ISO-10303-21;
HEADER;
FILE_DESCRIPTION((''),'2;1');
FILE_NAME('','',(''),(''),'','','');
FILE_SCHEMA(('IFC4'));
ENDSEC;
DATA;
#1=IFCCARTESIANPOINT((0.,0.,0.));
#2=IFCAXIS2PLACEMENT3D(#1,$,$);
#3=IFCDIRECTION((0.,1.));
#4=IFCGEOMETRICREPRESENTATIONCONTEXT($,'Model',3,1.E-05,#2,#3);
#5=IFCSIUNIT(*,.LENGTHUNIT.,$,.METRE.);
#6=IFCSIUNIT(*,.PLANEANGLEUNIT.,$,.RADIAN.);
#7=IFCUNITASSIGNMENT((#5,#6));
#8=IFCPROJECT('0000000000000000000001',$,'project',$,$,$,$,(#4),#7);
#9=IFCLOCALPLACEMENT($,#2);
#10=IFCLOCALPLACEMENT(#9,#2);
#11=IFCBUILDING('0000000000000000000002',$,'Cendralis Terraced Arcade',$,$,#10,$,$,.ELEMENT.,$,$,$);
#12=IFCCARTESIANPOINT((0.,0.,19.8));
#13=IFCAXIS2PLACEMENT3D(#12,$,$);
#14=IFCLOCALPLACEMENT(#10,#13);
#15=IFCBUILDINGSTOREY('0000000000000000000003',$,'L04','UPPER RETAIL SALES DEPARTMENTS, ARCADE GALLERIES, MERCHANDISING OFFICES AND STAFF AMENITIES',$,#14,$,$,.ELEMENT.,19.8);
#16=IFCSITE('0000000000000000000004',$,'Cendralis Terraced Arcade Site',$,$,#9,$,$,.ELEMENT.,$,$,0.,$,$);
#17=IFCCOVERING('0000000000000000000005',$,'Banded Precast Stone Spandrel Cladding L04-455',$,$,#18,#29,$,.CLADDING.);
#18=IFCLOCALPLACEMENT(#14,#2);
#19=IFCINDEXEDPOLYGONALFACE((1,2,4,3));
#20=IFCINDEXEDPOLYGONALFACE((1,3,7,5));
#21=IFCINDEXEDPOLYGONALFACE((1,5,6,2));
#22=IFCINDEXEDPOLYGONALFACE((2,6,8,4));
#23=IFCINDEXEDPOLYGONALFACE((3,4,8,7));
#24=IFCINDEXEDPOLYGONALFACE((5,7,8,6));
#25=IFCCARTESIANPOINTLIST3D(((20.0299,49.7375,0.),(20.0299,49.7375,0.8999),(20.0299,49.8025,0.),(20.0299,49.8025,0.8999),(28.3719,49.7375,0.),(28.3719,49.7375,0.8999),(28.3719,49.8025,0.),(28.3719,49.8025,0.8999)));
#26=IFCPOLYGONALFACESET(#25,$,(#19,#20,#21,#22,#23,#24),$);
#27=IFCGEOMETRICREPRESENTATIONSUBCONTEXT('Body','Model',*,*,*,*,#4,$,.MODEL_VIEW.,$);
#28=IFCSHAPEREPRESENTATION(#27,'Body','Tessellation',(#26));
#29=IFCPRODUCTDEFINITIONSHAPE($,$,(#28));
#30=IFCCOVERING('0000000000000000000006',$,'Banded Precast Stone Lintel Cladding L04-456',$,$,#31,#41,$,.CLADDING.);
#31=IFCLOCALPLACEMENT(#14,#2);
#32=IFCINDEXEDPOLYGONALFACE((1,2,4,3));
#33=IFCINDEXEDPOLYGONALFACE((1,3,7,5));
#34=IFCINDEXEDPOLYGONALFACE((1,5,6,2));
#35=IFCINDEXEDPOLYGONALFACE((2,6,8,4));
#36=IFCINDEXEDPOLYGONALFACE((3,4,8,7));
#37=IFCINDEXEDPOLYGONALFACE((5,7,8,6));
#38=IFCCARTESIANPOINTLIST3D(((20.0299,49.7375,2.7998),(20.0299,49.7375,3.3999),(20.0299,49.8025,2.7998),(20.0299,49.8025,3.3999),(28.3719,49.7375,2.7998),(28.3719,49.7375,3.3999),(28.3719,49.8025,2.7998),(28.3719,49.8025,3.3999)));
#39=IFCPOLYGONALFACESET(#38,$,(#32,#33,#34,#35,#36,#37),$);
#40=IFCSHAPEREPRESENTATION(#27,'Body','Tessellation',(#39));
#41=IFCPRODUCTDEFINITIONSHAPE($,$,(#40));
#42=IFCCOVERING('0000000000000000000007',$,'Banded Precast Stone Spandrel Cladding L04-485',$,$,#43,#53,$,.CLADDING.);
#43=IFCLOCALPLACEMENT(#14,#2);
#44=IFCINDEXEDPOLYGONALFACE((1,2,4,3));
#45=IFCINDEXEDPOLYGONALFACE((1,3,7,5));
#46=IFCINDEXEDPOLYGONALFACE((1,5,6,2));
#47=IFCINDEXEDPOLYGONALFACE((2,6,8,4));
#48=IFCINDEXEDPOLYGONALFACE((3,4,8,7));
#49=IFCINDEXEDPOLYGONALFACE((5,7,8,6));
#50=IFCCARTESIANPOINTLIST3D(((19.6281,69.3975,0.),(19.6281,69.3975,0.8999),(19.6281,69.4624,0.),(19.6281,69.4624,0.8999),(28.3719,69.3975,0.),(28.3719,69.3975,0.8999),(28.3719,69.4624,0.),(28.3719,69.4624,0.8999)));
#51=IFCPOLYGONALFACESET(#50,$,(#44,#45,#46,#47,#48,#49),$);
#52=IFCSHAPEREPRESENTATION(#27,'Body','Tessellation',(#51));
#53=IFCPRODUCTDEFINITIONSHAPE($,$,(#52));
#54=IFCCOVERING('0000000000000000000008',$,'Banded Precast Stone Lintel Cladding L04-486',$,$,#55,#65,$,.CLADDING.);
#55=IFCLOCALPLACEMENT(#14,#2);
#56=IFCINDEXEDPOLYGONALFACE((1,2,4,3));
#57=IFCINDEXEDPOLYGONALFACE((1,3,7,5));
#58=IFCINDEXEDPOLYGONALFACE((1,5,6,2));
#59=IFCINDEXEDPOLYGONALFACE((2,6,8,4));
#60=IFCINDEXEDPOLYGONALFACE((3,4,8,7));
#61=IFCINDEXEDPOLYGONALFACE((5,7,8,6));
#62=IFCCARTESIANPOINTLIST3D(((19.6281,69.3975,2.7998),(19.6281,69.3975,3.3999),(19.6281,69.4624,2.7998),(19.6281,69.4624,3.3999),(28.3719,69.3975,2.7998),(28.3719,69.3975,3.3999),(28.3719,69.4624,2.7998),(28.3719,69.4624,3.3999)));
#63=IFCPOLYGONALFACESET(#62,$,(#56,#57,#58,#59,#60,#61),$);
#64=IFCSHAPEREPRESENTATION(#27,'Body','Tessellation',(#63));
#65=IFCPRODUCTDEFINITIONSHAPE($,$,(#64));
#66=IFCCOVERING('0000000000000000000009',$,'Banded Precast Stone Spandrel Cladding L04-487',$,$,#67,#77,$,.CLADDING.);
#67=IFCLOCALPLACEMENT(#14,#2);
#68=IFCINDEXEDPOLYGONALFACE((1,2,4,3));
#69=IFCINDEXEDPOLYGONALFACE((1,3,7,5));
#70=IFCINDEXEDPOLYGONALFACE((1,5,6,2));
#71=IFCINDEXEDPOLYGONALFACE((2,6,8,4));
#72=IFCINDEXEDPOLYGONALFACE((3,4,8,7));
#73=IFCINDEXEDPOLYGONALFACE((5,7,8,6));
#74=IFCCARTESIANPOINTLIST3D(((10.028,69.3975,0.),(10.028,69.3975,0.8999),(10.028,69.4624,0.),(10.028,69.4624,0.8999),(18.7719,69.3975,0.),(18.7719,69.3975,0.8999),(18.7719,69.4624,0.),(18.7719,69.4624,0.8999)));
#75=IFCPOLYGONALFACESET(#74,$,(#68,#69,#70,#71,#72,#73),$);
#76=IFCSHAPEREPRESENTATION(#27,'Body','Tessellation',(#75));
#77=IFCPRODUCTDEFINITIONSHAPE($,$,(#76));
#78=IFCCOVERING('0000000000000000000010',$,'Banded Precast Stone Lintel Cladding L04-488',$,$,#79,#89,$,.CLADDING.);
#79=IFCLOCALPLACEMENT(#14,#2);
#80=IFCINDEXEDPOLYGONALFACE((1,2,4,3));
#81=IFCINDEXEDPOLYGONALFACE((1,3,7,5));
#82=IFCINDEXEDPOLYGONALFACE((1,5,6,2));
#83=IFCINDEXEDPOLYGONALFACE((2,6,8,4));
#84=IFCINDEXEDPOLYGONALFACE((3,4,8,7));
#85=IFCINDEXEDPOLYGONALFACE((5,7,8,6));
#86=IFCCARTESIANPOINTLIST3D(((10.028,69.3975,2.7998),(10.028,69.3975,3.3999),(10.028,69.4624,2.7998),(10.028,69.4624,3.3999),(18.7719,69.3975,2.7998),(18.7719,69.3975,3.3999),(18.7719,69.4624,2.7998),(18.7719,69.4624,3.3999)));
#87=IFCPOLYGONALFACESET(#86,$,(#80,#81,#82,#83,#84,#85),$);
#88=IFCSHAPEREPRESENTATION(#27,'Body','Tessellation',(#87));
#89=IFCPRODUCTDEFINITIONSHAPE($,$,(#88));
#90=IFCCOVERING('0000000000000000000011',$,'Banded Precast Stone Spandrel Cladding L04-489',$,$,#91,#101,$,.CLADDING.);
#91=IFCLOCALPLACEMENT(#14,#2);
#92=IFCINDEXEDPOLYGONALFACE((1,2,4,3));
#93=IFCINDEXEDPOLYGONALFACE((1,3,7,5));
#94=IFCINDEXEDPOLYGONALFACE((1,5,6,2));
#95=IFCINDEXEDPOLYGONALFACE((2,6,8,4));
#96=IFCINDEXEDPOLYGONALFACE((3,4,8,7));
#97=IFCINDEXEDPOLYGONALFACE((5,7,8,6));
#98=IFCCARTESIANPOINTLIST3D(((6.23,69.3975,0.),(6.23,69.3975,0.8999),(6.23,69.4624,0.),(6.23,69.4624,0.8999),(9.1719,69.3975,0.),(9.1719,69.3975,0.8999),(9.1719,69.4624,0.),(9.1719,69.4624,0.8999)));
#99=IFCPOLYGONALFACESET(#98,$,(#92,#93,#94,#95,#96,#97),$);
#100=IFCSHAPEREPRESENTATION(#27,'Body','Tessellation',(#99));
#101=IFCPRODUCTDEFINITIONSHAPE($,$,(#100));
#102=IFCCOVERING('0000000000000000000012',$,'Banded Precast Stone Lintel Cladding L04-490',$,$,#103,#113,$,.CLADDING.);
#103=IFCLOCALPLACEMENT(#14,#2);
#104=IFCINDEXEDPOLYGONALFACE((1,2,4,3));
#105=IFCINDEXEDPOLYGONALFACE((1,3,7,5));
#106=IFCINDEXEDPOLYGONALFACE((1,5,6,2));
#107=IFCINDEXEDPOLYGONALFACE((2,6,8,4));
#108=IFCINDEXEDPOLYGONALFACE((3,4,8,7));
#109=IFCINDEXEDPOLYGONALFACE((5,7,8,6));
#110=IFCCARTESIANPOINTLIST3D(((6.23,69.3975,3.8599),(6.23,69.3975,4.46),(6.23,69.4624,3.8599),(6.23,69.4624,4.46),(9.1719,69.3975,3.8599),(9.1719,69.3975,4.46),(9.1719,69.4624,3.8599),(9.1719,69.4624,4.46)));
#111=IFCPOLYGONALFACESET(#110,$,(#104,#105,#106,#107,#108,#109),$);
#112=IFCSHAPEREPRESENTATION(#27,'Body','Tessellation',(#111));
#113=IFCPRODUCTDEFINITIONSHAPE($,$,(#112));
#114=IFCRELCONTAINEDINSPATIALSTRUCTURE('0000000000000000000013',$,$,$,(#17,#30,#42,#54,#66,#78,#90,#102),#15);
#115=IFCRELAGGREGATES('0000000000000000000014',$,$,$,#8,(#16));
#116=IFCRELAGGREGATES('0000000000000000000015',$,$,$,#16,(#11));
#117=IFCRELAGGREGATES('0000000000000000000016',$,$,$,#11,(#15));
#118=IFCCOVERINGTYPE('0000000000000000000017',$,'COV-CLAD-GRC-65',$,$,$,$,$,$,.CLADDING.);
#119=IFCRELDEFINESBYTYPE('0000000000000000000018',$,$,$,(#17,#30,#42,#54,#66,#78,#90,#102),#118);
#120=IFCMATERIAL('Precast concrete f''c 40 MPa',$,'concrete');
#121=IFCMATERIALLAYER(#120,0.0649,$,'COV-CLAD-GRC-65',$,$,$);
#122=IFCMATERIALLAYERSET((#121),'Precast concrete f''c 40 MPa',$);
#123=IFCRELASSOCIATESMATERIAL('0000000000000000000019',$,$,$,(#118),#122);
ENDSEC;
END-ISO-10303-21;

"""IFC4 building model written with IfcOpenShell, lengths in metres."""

from ifc_helpers import new_model, si_unit, direction, frame, origin, origin_2d, place, context, subcontext, project, spatial, rectangle, extrude, material, layer, layer_set, type_object, element, save


model = new_model("IFC4")

# Units and contexts
model_context = context("Model", 3, precision=1e-05, world=origin(), true_north=direction((0.0, 1.0)))
body_context = subcontext(model_context, "Body", "Model", "MODEL_VIEW")
ifc_project = project(units=[si_unit("LENGTHUNIT", "METRE"), si_unit("PLANEANGLEUNIT", "RADIAN")], contexts=[model_context])

# Site, building, storey
site_placement = place(None, origin())
site = spatial("IfcSite", under=ifc_project, at=site_placement, Name="Cendralis Terraced Arcade Site", CompositionType="ELEMENT", RefElevation=0.0)
building_placement = place(site_placement, origin())
building = spatial("IfcBuilding", under=site, at=building_placement, Name="Cendralis Terraced Arcade", CompositionType="ELEMENT")
storey_placement = place(building_placement, frame((0.0, 0.0, 19.8)))
storey = spatial("IfcBuildingStorey", under=building, at=storey_placement, Name="L04", Description="UPPER RETAIL SALES DEPARTMENTS, ARCADE GALLERIES, MERCHANDISING OFFICES AND STAFF AMENITIES", CompositionType="ELEMENT", Elevation=19.8)

# Shared definitions
ifc_material_1 = material(Name="Precast concrete f'c 40 MPa", Category="concrete")

# Coverings
ifc_layer_1 = layer(ifc_material_1, 0.0649, Name="COV-CLAD-GRC-65")
ifc_layer_set_1 = layer_set([ifc_layer_1], Name="Precast concrete f'c 40 MPa")
covering_type = type_object("IfcCoveringType", Name="COV-CLAD-GRC-65", PredefinedType="CLADDING", material=ifc_layer_set_1)
covering_1_placement = place(storey_placement, frame((24.2009, 49.77, 0.0), z_axis=(0.0, 0.0, 1.0), x_axis=(1.0, 0.0, 0.0)))
element("IfcCovering", 1, at=covering_1_placement, inside=storey, type_object=covering_type, Name="Banded Precast Stone Spandrel Cladding L04-455", PredefinedType="CLADDING", context=body_context, shape_type="SweptSolid", body=[
    extrude(rectangle(XDim=8.342, YDim=0.0649, at=origin_2d()), origin(), (0.0, 0.0, 1.0), 0.8999),
])
covering_2_placement = place(storey_placement, frame((24.2009, 49.77, 2.7998), z_axis=(0.0, 0.0, 1.0), x_axis=(1.0, 0.0, 0.0)))
element("IfcCovering", 2, at=covering_2_placement, inside=storey, type_object=covering_type, Name="Banded Precast Stone Lintel Cladding L04-456", PredefinedType="CLADDING", context=body_context, shape_type="SweptSolid", body=[
    extrude(rectangle(XDim=8.342, YDim=0.0649, at=origin_2d()), origin(), (0.0, 0.0, 1.0), 0.6001),
])
covering_3_placement = place(storey_placement, frame((24.0, 69.4299, 0.0), z_axis=(0.0, 0.0, 1.0), x_axis=(-1.0, 0.0, 0.0)))
element("IfcCovering", 3, at=covering_3_placement, inside=storey, type_object=covering_type, Name="Banded Precast Stone Spandrel Cladding L04-485", PredefinedType="CLADDING", context=body_context, shape_type="SweptSolid", body=[
    extrude(rectangle(XDim=8.7439, YDim=0.0649, at=origin_2d()), origin(), (0.0, 0.0, 1.0), 0.8999),
])
covering_4_placement = place(storey_placement, frame((24.0, 69.4299, 2.7998), z_axis=(0.0, 0.0, 1.0), x_axis=(-1.0, 0.0, 0.0)))
element("IfcCovering", 4, at=covering_4_placement, inside=storey, type_object=covering_type, Name="Banded Precast Stone Lintel Cladding L04-486", PredefinedType="CLADDING", context=body_context, shape_type="SweptSolid", body=[
    extrude(rectangle(XDim=8.7439, YDim=0.0649, at=origin_2d()), origin(), (0.0, 0.0, 1.0), 0.6001),
])
covering_5_placement = place(storey_placement, frame((14.3999, 69.4299, 0.0), z_axis=(0.0, 0.0, 1.0), x_axis=(-1.0, 0.0, 0.0)))
element("IfcCovering", 5, at=covering_5_placement, inside=storey, type_object=covering_type, Name="Banded Precast Stone Spandrel Cladding L04-487", PredefinedType="CLADDING", context=body_context, shape_type="SweptSolid", body=[
    extrude(rectangle(XDim=8.7439, YDim=0.0649, at=origin_2d()), origin(), (0.0, 0.0, 1.0), 0.8999),
])
covering_6_placement = place(storey_placement, frame((14.3999, 69.4299, 2.7998), z_axis=(0.0, 0.0, 1.0), x_axis=(-1.0, 0.0, 0.0)))
element("IfcCovering", 6, at=covering_6_placement, inside=storey, type_object=covering_type, Name="Banded Precast Stone Lintel Cladding L04-488", PredefinedType="CLADDING", context=body_context, shape_type="SweptSolid", body=[
    extrude(rectangle(XDim=8.7439, YDim=0.0649, at=origin_2d()), origin(), (0.0, 0.0, 1.0), 0.6001),
])
covering_7_placement = place(storey_placement, frame((7.7009, 69.4299, 0.0), z_axis=(0.0, 0.0, 1.0), x_axis=(-1.0, 0.0, 0.0)))
element("IfcCovering", 7, at=covering_7_placement, inside=storey, type_object=covering_type, Name="Banded Precast Stone Spandrel Cladding L04-489", PredefinedType="CLADDING", context=body_context, shape_type="SweptSolid", body=[
    extrude(rectangle(XDim=2.9419, YDim=0.0649, at=origin_2d()), origin(), (0.0, 0.0, 1.0), 0.8999),
])
covering_8_placement = place(storey_placement, frame((7.7009, 69.4299, 3.8599), z_axis=(0.0, 0.0, 1.0), x_axis=(-1.0, 0.0, 0.0)))
element("IfcCovering", 8, at=covering_8_placement, inside=storey, type_object=covering_type, Name="Banded Precast Stone Lintel Cladding L04-490", PredefinedType="CLADDING", context=body_context, shape_type="SweptSolid", body=[
    extrude(rectangle(XDim=2.9419, YDim=0.0649, at=origin_2d()), origin(), (0.0, 0.0, 1.0), 0.6001),
])

save(model, "model.ifc")
